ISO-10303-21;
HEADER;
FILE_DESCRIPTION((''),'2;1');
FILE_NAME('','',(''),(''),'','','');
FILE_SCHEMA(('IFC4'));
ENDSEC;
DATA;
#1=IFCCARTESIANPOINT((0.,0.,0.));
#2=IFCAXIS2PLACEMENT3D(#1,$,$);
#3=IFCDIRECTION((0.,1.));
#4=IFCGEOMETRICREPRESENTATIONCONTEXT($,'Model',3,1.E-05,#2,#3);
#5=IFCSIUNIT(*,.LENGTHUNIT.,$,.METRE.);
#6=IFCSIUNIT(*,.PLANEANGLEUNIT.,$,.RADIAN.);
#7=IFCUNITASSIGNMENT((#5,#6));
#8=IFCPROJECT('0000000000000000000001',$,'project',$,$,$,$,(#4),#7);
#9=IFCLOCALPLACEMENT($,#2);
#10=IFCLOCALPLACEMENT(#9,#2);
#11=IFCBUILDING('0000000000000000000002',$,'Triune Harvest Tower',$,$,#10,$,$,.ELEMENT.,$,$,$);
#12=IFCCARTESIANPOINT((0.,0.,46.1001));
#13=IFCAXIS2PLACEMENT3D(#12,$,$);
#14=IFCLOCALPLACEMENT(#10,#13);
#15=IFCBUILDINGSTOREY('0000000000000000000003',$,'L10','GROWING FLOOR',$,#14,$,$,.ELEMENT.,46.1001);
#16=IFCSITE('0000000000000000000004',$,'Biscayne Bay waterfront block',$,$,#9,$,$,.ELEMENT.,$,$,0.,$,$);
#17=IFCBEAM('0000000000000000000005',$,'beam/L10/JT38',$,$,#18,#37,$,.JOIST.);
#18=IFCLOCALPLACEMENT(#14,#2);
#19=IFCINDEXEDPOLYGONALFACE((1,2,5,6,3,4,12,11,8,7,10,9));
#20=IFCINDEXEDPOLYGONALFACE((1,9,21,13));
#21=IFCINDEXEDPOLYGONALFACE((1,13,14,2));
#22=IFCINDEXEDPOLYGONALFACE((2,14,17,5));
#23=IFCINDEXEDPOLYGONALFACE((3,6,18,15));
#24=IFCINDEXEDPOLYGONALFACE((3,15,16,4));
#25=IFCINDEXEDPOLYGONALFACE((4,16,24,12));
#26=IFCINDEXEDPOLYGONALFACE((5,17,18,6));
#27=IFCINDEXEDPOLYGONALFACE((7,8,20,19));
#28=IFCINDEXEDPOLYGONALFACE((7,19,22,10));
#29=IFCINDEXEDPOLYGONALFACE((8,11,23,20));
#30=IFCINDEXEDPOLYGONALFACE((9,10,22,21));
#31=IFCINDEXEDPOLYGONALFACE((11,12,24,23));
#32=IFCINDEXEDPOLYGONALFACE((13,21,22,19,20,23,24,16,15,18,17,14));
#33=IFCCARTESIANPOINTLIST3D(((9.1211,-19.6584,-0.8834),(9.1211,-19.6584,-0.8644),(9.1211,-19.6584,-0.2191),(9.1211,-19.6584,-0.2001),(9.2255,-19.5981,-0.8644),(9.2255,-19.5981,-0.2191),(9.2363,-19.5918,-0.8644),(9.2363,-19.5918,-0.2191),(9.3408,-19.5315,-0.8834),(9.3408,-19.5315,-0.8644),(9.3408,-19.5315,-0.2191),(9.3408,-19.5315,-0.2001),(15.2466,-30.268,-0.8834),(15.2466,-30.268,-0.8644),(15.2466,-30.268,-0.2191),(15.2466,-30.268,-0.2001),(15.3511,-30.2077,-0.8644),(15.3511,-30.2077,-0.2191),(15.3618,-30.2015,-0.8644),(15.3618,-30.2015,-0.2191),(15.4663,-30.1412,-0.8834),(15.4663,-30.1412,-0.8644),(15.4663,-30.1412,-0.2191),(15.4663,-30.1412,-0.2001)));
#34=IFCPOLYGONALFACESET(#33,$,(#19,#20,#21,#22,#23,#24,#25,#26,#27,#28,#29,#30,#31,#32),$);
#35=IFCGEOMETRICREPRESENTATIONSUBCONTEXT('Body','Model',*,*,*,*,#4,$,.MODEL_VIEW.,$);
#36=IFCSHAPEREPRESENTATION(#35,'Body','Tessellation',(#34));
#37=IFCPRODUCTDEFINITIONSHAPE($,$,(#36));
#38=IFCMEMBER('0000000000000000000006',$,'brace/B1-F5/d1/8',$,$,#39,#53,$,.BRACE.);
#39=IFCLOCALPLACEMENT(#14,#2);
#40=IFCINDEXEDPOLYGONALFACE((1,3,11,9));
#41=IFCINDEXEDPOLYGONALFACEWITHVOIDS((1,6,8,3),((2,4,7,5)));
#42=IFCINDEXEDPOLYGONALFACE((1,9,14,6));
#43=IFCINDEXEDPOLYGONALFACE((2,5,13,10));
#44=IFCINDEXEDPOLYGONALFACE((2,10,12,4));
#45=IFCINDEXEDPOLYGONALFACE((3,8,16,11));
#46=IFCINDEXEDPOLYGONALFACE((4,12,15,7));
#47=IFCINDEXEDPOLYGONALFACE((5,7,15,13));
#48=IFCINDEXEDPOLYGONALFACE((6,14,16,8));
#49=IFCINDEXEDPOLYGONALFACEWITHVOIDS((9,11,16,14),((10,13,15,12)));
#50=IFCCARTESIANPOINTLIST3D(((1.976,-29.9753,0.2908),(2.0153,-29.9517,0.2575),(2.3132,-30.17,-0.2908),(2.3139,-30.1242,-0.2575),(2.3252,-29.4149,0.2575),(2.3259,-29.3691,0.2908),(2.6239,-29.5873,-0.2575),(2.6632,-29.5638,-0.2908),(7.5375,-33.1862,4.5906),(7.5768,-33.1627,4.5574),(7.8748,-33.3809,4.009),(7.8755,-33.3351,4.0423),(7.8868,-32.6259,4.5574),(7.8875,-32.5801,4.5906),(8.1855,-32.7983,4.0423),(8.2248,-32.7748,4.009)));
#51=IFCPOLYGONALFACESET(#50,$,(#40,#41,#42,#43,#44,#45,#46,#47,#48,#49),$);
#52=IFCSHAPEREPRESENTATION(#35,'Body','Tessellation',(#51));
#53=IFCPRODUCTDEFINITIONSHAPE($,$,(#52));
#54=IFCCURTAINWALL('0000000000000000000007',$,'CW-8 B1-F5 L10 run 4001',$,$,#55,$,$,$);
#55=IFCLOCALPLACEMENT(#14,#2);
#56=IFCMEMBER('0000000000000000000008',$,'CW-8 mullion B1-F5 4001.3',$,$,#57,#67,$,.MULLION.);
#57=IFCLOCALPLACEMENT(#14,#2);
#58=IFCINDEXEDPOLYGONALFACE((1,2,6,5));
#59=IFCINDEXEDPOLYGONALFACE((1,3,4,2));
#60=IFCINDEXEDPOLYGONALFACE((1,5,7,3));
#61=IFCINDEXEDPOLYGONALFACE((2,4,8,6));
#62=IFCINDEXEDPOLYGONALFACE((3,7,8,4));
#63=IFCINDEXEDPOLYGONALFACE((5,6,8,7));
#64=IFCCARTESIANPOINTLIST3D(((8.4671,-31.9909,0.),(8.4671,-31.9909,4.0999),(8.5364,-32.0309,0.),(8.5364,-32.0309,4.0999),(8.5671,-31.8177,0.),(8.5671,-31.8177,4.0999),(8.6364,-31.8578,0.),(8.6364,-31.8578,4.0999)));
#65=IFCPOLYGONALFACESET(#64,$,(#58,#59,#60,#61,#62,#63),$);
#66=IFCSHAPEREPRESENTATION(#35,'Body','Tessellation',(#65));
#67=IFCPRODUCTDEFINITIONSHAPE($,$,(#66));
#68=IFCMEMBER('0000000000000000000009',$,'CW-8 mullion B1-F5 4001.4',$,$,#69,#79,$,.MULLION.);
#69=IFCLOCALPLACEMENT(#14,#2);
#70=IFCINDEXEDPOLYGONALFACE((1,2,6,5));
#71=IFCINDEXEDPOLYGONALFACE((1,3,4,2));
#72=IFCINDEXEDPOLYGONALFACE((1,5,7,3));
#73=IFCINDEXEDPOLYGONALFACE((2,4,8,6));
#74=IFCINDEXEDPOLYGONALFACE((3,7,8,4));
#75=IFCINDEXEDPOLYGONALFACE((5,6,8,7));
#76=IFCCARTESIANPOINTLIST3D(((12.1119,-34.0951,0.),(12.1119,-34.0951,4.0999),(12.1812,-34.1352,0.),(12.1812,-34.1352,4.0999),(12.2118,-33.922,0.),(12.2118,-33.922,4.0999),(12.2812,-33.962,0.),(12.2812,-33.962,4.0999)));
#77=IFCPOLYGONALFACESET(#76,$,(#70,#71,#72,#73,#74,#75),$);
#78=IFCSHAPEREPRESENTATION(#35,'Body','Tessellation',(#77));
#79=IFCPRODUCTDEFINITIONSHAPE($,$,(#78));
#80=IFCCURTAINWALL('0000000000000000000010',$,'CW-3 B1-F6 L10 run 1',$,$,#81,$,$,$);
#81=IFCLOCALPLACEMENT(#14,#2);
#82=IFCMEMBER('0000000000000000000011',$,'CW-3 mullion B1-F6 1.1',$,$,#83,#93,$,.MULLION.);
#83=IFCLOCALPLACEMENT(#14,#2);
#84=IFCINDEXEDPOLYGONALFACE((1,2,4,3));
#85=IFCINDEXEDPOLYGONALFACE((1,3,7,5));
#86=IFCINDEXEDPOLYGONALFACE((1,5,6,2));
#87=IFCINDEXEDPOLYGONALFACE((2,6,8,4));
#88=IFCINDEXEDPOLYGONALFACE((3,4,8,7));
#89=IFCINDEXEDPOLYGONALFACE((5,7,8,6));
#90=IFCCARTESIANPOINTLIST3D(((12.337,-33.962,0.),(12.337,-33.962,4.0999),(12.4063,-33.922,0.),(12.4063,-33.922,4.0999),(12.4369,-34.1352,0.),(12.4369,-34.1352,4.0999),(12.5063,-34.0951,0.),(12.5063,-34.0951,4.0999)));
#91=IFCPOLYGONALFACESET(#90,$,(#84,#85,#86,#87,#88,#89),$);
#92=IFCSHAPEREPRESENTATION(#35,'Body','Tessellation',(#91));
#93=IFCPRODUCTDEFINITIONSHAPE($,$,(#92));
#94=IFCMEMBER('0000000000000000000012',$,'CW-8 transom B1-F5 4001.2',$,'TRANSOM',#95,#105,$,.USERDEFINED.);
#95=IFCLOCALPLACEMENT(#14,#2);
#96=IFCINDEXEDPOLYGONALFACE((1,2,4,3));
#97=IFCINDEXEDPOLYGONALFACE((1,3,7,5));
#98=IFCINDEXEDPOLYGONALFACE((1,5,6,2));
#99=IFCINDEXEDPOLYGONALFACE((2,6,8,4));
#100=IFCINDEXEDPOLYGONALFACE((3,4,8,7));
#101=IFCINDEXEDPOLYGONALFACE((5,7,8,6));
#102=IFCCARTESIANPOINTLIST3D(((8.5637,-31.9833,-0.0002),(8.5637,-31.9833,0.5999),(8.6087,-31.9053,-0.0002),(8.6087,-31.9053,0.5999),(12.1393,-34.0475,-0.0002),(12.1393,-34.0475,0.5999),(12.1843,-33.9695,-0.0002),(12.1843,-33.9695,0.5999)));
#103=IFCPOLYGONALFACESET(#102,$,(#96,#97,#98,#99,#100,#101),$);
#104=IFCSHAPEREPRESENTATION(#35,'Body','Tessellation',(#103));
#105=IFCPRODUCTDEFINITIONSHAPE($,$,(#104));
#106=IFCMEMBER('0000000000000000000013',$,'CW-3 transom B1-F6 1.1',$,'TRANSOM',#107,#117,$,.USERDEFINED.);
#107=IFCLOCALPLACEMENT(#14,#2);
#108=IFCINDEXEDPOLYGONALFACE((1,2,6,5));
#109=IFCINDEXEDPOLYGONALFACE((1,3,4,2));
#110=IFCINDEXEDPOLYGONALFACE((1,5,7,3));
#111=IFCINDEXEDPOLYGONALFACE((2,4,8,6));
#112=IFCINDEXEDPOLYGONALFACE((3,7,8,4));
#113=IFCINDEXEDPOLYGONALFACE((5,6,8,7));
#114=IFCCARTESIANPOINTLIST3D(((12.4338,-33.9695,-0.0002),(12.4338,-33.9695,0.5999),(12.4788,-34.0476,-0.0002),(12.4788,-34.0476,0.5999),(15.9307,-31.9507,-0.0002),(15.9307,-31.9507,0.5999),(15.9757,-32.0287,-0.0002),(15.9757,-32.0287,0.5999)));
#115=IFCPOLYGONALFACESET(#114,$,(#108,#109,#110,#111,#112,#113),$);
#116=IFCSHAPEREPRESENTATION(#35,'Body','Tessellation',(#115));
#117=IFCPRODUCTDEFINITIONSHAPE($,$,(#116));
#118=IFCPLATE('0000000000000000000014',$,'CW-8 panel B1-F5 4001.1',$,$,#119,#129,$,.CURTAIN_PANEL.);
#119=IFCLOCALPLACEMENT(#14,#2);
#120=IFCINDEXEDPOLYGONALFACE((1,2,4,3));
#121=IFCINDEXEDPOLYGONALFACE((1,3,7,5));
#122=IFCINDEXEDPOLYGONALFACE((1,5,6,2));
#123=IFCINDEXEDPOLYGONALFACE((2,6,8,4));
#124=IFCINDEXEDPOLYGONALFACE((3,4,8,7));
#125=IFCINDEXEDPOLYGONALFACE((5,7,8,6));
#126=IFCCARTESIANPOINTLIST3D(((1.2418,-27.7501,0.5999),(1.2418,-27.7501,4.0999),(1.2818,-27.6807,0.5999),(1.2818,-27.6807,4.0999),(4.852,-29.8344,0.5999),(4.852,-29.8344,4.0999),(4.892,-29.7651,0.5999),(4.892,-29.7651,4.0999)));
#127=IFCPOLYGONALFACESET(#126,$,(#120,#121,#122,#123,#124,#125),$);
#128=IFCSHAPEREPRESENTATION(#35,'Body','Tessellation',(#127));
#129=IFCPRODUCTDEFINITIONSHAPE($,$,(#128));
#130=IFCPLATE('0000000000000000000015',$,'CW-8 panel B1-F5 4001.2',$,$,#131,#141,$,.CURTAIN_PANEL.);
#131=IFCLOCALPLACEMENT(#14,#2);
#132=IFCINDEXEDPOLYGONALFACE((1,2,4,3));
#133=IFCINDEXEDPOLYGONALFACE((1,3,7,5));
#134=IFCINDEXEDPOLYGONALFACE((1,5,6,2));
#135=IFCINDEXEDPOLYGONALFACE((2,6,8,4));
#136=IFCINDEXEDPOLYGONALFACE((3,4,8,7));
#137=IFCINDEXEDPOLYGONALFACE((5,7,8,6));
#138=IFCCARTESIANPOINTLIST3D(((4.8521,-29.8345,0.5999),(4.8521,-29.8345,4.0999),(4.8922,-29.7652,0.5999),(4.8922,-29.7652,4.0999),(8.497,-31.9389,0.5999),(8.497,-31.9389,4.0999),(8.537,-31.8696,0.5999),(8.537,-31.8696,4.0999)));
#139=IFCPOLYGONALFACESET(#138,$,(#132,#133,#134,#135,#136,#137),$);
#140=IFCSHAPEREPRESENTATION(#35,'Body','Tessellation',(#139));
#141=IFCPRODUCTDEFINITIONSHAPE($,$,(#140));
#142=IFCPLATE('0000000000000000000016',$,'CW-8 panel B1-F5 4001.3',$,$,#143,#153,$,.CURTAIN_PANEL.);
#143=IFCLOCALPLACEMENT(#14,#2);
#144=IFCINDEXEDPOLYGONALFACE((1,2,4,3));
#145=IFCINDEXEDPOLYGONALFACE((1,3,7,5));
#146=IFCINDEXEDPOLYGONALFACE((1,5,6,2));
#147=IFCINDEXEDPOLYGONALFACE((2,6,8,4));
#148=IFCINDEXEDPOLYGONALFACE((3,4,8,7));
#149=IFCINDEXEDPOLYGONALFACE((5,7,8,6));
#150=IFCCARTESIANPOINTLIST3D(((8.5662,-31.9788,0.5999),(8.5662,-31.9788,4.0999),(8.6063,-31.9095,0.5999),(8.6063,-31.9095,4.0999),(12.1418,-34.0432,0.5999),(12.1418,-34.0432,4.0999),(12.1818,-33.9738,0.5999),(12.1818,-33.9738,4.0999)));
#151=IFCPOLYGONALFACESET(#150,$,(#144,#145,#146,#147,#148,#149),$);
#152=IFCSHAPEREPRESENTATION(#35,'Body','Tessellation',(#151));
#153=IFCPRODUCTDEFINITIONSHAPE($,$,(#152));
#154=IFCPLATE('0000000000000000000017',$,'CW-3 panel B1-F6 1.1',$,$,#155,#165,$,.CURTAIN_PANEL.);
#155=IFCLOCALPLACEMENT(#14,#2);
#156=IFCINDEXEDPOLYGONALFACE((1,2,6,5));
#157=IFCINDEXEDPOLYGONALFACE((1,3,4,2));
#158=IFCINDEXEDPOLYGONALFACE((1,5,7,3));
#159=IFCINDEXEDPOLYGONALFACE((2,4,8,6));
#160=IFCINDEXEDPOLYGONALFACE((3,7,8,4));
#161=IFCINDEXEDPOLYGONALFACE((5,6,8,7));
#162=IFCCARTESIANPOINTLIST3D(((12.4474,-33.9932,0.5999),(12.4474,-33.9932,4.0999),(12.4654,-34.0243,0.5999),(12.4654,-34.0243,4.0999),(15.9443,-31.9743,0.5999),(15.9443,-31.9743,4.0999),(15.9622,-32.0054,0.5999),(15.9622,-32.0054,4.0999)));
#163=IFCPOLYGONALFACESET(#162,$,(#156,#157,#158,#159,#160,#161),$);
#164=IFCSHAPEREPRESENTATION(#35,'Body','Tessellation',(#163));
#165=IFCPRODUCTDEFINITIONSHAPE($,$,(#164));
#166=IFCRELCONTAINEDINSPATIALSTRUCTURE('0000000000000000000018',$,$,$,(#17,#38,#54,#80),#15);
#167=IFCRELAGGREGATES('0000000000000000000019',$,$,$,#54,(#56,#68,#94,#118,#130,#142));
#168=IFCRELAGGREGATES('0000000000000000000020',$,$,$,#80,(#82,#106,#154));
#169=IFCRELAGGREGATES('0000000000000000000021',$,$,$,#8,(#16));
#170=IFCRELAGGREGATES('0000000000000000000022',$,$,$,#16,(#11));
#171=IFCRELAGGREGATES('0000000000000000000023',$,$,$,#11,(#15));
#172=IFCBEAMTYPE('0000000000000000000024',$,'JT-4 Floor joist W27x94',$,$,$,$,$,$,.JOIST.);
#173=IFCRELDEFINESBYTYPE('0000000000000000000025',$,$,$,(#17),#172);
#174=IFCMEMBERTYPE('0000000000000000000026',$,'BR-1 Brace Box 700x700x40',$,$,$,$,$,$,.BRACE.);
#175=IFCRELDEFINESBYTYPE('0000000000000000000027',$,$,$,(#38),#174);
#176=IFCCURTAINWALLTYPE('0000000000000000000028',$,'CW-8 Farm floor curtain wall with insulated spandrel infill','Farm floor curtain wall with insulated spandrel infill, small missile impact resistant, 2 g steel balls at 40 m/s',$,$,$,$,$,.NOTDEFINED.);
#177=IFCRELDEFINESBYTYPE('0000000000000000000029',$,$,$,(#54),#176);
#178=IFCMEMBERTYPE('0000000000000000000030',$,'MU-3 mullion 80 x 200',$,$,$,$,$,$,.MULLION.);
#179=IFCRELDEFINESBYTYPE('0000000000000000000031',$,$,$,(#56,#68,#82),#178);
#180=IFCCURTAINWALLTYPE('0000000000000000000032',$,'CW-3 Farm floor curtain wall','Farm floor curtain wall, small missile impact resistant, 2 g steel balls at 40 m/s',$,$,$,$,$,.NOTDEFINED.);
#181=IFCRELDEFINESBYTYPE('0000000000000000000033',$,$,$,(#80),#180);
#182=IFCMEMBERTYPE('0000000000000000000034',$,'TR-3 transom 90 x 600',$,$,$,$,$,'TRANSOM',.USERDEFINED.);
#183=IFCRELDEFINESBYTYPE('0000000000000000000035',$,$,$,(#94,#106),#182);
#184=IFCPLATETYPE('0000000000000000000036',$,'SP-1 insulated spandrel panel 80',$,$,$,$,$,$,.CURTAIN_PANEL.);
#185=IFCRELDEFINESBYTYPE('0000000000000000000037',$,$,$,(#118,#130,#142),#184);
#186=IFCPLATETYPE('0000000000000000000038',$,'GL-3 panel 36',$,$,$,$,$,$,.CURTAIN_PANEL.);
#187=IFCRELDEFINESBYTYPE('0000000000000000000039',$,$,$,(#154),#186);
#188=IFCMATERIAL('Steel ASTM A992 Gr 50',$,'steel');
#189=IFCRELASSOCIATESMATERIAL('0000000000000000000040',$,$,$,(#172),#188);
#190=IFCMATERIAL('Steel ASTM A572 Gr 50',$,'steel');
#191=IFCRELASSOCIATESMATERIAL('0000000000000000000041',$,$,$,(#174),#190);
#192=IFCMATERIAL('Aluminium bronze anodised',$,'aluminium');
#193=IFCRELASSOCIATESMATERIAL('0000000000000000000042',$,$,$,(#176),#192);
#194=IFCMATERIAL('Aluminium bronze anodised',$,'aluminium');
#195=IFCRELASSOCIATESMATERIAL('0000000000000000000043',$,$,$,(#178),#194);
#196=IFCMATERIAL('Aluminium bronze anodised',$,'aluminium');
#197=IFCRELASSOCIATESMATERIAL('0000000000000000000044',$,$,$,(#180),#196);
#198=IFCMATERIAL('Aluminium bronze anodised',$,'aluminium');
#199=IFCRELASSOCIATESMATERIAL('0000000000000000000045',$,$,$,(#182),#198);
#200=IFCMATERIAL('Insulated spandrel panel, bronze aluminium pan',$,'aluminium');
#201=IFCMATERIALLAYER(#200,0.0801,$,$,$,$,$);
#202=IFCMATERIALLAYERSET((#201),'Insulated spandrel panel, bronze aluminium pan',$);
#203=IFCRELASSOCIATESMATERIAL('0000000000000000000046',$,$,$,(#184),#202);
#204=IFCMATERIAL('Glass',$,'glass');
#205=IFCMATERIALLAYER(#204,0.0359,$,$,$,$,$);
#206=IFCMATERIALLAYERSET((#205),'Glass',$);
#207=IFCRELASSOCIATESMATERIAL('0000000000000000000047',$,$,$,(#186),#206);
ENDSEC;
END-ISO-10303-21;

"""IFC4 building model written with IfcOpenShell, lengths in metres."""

from ifc_helpers import new_model, si_unit, direction, frame, origin, origin_2d, place, context, subcontext, project, spatial, rectangle, hollow_rectangle, i_section, extrude, source, transform, mapped, material, layer, layer_set, material_profile, profile_set, type_object, element, aggregate, save


model = new_model("IFC4")

# Units and contexts
model_context = context("Model", 3, precision=1e-05, world=origin(), true_north=direction((0.0, 1.0)))
body_context = subcontext(model_context, "Body", "Model", "MODEL_VIEW")
ifc_project = project(units=[si_unit("LENGTHUNIT", "METRE"), si_unit("PLANEANGLEUNIT", "RADIAN")], contexts=[model_context])

# Site, building, storey
site_placement = place(None, origin())
site = spatial("IfcSite", under=ifc_project, at=site_placement, Name="Biscayne Bay waterfront block", CompositionType="ELEMENT", RefElevation=0.0)
building_placement = place(site_placement, origin())
building = spatial("IfcBuilding", under=site, at=building_placement, Name="Triune Harvest Tower", CompositionType="ELEMENT")
storey_placement = place(building_placement, frame((0.0, 0.0, 46.1001)))
storey = spatial("IfcBuildingStorey", under=building, at=storey_placement, Name="L10", Description="GROWING FLOOR", CompositionType="ELEMENT", Elevation=46.1001)

# Beam
ifc_material_1 = material(Name="Steel ASTM A992 Gr 50", Category="steel")
ifc_material_profile_1 = material_profile(ifc_material_1, i_section(OverallWidth=0.2537, OverallDepth=0.6833, WebThickness=0.0125, FlangeThickness=0.019, at=origin_2d()), Name="W27x94")
ifc_profile_set_1 = profile_set([ifc_material_profile_1], Name="Steel ASTM A992 Gr 50")
beam_type_1 = type_object("IfcBeamType", Name="JT-4 Floor joist W27x94", PredefinedType="JOIST", material=ifc_profile_set_1)
shared_shape_1 = source(origin(), body_context, "Body", "SweptSolid", [
    extrude(i_section(OverallWidth=0.2537, OverallDepth=0.6833, WebThickness=0.0125, FlangeThickness=0.019, at=origin_2d()), origin(), (0.0, 0.0, 1.0), 12.251),
])
beam_1_placement = place(storey_placement, frame((15.3564, -30.2046, -0.5417), z_axis=(-0.500001, 0.866025, 0.0), x_axis=(-0.866025, -0.500001, 0.0)))
element("IfcBeam", 1, at=beam_1_placement, inside=storey, type_object=beam_type_1, Name="beam/L10/JT38", PredefinedType="JOIST", context=body_context, shape_type="MappedRepresentation", body=[
    mapped(shared_shape_1, transform((0.0, 0.0, 0.0), scale=1.0)),
])

# Member
ifc_material_2 = material(Name="Steel ASTM A572 Gr 50", Category="steel")
ifc_material_profile_2 = material_profile(ifc_material_2, hollow_rectangle(XDim=0.7, YDim=0.7, WallThickness=0.04, at=origin_2d()), Name="Box 700x700x40")
ifc_profile_set_2 = profile_set([ifc_material_profile_2], Name="Steel ASTM A572 Gr 50")
member_type_1 = type_object("IfcMemberType", Name="BR-1 Brace Box 700x700x40", PredefinedType="BRACE", material=ifc_profile_set_2)
shared_shape_2 = source(origin(), body_context, "Body", "SweptSolid", [
    extrude(hollow_rectangle(XDim=0.7, YDim=0.7, WallThickness=0.04, at=origin_2d()), origin(), (0.0, 0.0, 1.0), 7.7285),
])
member_1_placement = place(storey_placement, frame((2.3196, -29.7695, 0.0), z_axis=(0.719617, -0.41547, 0.55636), x_axis=(0.499999, 0.866026, 0.0)))
element("IfcMember", 2, at=member_1_placement, inside=storey, type_object=member_type_1, Name="brace/B1-F5/d1/8", PredefinedType="BRACE", context=body_context, shape_type="MappedRepresentation", body=[
    mapped(shared_shape_2, transform((0.0, 0.0, 0.0), scale=1.0)),
])

# Curtain wall, members
ifc_material_3 = material(Name="Aluminium bronze anodised", Category="aluminium")
curtain_wall_type_1 = type_object("IfcCurtainWallType", Name="CW-8 Farm floor curtain wall with insulated spandrel infill", Description="Farm floor curtain wall with insulated spandrel infill, small missile impact resistant, 2 g steel balls at 40 m/s", PredefinedType="NOTDEFINED", material=ifc_material_3)
curtain_wall_1_placement = place(storey_placement, origin())
curtain_wall_1 = element("IfcCurtainWall", 3, at=curtain_wall_1_placement, inside=storey, type_object=curtain_wall_type_1, Name="CW-8 B1-F5 L10 run 4001")
ifc_material_4 = material(Name="Aluminium bronze anodised", Category="aluminium")
ifc_material_profile_3 = material_profile(ifc_material_4, rectangle(XDim=0.2, YDim=0.0801, at=origin_2d()), Name="MU-3 mullion 80 x 200")
ifc_profile_set_3 = profile_set([ifc_material_profile_3], Name="Aluminium bronze anodised")
member_type_2 = type_object("IfcMemberType", Name="MU-3 mullion 80 x 200", PredefinedType="MULLION", material=ifc_profile_set_3)
shared_shape_3 = source(origin(), body_context, "Body", "SweptSolid", [
    extrude(rectangle(XDim=0.2, YDim=0.0801, at=origin_2d()), origin(), (0.0, 0.0, 1.0), 4.0999),
])
member_2_placement = place(storey_placement, frame((8.5518, -31.9243, 0.0), z_axis=(0.0, 0.0, 1.0), x_axis=(0.499999, 0.866026, 0.0)))
member_2 = element("IfcMember", 4, at=member_2_placement, type_object=member_type_2, Name="CW-8 mullion B1-F5 4001.3", PredefinedType="MULLION", context=body_context, shape_type="MappedRepresentation", body=[
    mapped(shared_shape_3, transform((0.0, 0.0, 0.0), scale=1.0)),
])
member_3_placement = place(storey_placement, frame((12.1965, -34.0286, 0.0), z_axis=(0.0, 0.0, 1.0), x_axis=(0.499999, 0.866026, 0.0)))
member_3 = element("IfcMember", 5, at=member_3_placement, type_object=member_type_2, Name="CW-8 mullion B1-F5 4001.4", PredefinedType="MULLION", context=body_context, shape_type="MappedRepresentation", body=[
    mapped(shared_shape_3, transform((0.0, 0.0, 0.0), scale=1.0)),
])

# Curtain wall, member
ifc_material_5 = material(Name="Aluminium bronze anodised", Category="aluminium")
curtain_wall_type_2 = type_object("IfcCurtainWallType", Name="CW-3 Farm floor curtain wall", Description="Farm floor curtain wall, small missile impact resistant, 2 g steel balls at 40 m/s", PredefinedType="NOTDEFINED", material=ifc_material_5)
curtain_wall_2_placement = place(storey_placement, origin())
curtain_wall_2 = element("IfcCurtainWall", 6, at=curtain_wall_2_placement, inside=storey, type_object=curtain_wall_type_2, Name="CW-3 B1-F6 L10 run 1")
member_4_placement = place(storey_placement, frame((12.4216, -34.0286, 0.0), z_axis=(0.0, 0.0, 1.0), x_axis=(-0.499994, 0.866029, 0.0)))
member_4 = element("IfcMember", 7, at=member_4_placement, type_object=member_type_2, Name="CW-3 mullion B1-F6 1.1", PredefinedType="MULLION", context=body_context, shape_type="MappedRepresentation", body=[
    mapped(shared_shape_3, transform((0.0, 0.0, 0.0), scale=1.0)),
])

# Members
ifc_material_6 = material(Name="Aluminium bronze anodised", Category="aluminium")
ifc_material_profile_4 = material_profile(ifc_material_6, rectangle(XDim=0.0901, YDim=0.6001, at=origin_2d()), Name="TR-3 transom 90 x 600")
ifc_profile_set_4 = profile_set([ifc_material_profile_4], Name="Aluminium bronze anodised")
member_type_3 = type_object("IfcMemberType", Name="TR-3 transom 90 x 600", ElementType="TRANSOM", PredefinedType="USERDEFINED", material=ifc_profile_set_4)
shared_shape_4 = source(origin(), body_context, "Body", "SweptSolid", [
    extrude(rectangle(XDim=0.0901, YDim=0.6001, at=origin_2d()), origin(), (0.0, 0.0, 1.0), 4.1287),
])
member_5_placement = place(storey_placement, frame((8.5862, -31.9443, 0.2998), z_axis=(0.866048, -0.499961, 0.0), x_axis=(0.499961, 0.866048, 0.0)))
member_5 = element("IfcMember", 8, at=member_5_placement, type_object=member_type_3, Name="CW-8 transom B1-F5 4001.2", ObjectType="TRANSOM", PredefinedType="USERDEFINED", context=body_context, shape_type="MappedRepresentation", body=[
    mapped(shared_shape_4, transform((0.0, 0.0, 0.0), scale=1.0)),
])
shared_shape_5 = source(origin(), body_context, "Body", "SweptSolid", [
    extrude(rectangle(XDim=0.0901, YDim=0.6001, at=origin_2d()), origin(), (0.0, 0.0, 1.0), 4.0378),
])
member_6_placement = place(storey_placement, frame((12.4563, -34.0085, 0.2998), z_axis=(0.866036, 0.499982, 0.0), x_axis=(-0.499982, 0.866036, 0.0)))
member_6 = element("IfcMember", 9, at=member_6_placement, type_object=member_type_3, Name="CW-3 transom B1-F6 1.1", ObjectType="TRANSOM", PredefinedType="USERDEFINED", context=body_context, shape_type="MappedRepresentation", body=[
    mapped(shared_shape_5, transform((0.0, 0.0, 0.0), scale=1.0)),
])

# Plates
ifc_material_7 = material(Name="Insulated spandrel panel, bronze aluminium pan", Category="aluminium")
ifc_layer_1 = layer(ifc_material_7, 0.0801)
ifc_layer_set_1 = layer_set([ifc_layer_1], Name="Insulated spandrel panel, bronze aluminium pan")
plate_type_1 = type_object("IfcPlateType", Name="SP-1 insulated spandrel panel 80", PredefinedType="CURTAIN_PANEL", material=ifc_layer_set_1)
shared_shape_6 = source(origin(), body_context, "Body", "SweptSolid", [
    extrude(rectangle(XDim=4.1687, YDim=0.0801, at=origin_2d()), origin(), (0.0, 0.0, 1.0), 3.5),
])
plate_1_placement = place(storey_placement, frame((3.0669, -28.7576, 0.5999), z_axis=(0.0, 0.0, 1.0), x_axis=(0.866026, -0.499999, 0.0)))
plate_1 = element("IfcPlate", 10, at=plate_1_placement, type_object=plate_type_1, Name="CW-8 panel B1-F5 4001.1", PredefinedType="CURTAIN_PANEL", context=body_context, shape_type="MappedRepresentation", body=[
    mapped(shared_shape_6, transform((0.0, 0.0, 0.0), scale=1.0)),
])
shared_shape_7 = source(origin(), body_context, "Body", "SweptSolid", [
    extrude(rectangle(XDim=4.2087, YDim=0.0801, at=origin_2d()), origin(), (0.0, 0.0, 1.0), 3.5),
])
plate_2_placement = place(storey_placement, frame((6.6946, -30.8521, 0.5999), z_axis=(0.0, 0.0, 1.0), x_axis=(0.866026, -0.499999, 0.0)))
plate_2 = element("IfcPlate", 11, at=plate_2_placement, type_object=plate_type_1, Name="CW-8 panel B1-F5 4001.2", PredefinedType="CURTAIN_PANEL", context=body_context, shape_type="MappedRepresentation", body=[
    mapped(shared_shape_7, transform((0.0, 0.0, 0.0), scale=1.0)),
])
shared_shape_8 = source(origin(), body_context, "Body", "SweptSolid", [
    extrude(rectangle(XDim=4.1287, YDim=0.0801, at=origin_2d()), origin(), (0.0, 0.0, 1.0), 3.5),
])
plate_3_placement = place(storey_placement, frame((10.374, -32.9763, 0.5999), z_axis=(0.0, 0.0, 1.0), x_axis=(0.866026, -0.499999, 0.0)))
plate_3 = element("IfcPlate", 12, at=plate_3_placement, type_object=plate_type_1, Name="CW-8 panel B1-F5 4001.3", PredefinedType="CURTAIN_PANEL", context=body_context, shape_type="MappedRepresentation", body=[
    mapped(shared_shape_8, transform((0.0, 0.0, 0.0), scale=1.0)),
])
aggregate(curtain_wall_1, [member_2, member_3, member_5, plate_1, plate_2, plate_3])
ifc_material_8 = material(Name="Glass", Category="glass")
ifc_layer_2 = layer(ifc_material_8, 0.0359)
ifc_layer_set_2 = layer_set([ifc_layer_2], Name="Glass")
plate_type_2 = type_object("IfcPlateType", Name="GL-3 panel 36", PredefinedType="CURTAIN_PANEL", material=ifc_layer_set_2)
shared_shape_9 = source(origin(), body_context, "Body", "SweptSolid", [
    extrude(rectangle(XDim=4.0378, YDim=0.0359, at=origin_2d()), origin(), (0.0, 0.0, 1.0), 3.5),
])
plate_4_placement = place(storey_placement, frame((14.2048, -32.9993, 0.5999), z_axis=(0.0, 0.0, 1.0), x_axis=(0.866029, 0.499994, 0.0)))
plate_4 = element("IfcPlate", 13, at=plate_4_placement, type_object=plate_type_2, Name="CW-3 panel B1-F6 1.1", PredefinedType="CURTAIN_PANEL", context=body_context, shape_type="MappedRepresentation", body=[
    mapped(shared_shape_9, transform((0.0, 0.0, 0.0), scale=1.0)),
])
aggregate(curtain_wall_2, [member_4, member_6, plate_4])

save(model, "model.ifc")
